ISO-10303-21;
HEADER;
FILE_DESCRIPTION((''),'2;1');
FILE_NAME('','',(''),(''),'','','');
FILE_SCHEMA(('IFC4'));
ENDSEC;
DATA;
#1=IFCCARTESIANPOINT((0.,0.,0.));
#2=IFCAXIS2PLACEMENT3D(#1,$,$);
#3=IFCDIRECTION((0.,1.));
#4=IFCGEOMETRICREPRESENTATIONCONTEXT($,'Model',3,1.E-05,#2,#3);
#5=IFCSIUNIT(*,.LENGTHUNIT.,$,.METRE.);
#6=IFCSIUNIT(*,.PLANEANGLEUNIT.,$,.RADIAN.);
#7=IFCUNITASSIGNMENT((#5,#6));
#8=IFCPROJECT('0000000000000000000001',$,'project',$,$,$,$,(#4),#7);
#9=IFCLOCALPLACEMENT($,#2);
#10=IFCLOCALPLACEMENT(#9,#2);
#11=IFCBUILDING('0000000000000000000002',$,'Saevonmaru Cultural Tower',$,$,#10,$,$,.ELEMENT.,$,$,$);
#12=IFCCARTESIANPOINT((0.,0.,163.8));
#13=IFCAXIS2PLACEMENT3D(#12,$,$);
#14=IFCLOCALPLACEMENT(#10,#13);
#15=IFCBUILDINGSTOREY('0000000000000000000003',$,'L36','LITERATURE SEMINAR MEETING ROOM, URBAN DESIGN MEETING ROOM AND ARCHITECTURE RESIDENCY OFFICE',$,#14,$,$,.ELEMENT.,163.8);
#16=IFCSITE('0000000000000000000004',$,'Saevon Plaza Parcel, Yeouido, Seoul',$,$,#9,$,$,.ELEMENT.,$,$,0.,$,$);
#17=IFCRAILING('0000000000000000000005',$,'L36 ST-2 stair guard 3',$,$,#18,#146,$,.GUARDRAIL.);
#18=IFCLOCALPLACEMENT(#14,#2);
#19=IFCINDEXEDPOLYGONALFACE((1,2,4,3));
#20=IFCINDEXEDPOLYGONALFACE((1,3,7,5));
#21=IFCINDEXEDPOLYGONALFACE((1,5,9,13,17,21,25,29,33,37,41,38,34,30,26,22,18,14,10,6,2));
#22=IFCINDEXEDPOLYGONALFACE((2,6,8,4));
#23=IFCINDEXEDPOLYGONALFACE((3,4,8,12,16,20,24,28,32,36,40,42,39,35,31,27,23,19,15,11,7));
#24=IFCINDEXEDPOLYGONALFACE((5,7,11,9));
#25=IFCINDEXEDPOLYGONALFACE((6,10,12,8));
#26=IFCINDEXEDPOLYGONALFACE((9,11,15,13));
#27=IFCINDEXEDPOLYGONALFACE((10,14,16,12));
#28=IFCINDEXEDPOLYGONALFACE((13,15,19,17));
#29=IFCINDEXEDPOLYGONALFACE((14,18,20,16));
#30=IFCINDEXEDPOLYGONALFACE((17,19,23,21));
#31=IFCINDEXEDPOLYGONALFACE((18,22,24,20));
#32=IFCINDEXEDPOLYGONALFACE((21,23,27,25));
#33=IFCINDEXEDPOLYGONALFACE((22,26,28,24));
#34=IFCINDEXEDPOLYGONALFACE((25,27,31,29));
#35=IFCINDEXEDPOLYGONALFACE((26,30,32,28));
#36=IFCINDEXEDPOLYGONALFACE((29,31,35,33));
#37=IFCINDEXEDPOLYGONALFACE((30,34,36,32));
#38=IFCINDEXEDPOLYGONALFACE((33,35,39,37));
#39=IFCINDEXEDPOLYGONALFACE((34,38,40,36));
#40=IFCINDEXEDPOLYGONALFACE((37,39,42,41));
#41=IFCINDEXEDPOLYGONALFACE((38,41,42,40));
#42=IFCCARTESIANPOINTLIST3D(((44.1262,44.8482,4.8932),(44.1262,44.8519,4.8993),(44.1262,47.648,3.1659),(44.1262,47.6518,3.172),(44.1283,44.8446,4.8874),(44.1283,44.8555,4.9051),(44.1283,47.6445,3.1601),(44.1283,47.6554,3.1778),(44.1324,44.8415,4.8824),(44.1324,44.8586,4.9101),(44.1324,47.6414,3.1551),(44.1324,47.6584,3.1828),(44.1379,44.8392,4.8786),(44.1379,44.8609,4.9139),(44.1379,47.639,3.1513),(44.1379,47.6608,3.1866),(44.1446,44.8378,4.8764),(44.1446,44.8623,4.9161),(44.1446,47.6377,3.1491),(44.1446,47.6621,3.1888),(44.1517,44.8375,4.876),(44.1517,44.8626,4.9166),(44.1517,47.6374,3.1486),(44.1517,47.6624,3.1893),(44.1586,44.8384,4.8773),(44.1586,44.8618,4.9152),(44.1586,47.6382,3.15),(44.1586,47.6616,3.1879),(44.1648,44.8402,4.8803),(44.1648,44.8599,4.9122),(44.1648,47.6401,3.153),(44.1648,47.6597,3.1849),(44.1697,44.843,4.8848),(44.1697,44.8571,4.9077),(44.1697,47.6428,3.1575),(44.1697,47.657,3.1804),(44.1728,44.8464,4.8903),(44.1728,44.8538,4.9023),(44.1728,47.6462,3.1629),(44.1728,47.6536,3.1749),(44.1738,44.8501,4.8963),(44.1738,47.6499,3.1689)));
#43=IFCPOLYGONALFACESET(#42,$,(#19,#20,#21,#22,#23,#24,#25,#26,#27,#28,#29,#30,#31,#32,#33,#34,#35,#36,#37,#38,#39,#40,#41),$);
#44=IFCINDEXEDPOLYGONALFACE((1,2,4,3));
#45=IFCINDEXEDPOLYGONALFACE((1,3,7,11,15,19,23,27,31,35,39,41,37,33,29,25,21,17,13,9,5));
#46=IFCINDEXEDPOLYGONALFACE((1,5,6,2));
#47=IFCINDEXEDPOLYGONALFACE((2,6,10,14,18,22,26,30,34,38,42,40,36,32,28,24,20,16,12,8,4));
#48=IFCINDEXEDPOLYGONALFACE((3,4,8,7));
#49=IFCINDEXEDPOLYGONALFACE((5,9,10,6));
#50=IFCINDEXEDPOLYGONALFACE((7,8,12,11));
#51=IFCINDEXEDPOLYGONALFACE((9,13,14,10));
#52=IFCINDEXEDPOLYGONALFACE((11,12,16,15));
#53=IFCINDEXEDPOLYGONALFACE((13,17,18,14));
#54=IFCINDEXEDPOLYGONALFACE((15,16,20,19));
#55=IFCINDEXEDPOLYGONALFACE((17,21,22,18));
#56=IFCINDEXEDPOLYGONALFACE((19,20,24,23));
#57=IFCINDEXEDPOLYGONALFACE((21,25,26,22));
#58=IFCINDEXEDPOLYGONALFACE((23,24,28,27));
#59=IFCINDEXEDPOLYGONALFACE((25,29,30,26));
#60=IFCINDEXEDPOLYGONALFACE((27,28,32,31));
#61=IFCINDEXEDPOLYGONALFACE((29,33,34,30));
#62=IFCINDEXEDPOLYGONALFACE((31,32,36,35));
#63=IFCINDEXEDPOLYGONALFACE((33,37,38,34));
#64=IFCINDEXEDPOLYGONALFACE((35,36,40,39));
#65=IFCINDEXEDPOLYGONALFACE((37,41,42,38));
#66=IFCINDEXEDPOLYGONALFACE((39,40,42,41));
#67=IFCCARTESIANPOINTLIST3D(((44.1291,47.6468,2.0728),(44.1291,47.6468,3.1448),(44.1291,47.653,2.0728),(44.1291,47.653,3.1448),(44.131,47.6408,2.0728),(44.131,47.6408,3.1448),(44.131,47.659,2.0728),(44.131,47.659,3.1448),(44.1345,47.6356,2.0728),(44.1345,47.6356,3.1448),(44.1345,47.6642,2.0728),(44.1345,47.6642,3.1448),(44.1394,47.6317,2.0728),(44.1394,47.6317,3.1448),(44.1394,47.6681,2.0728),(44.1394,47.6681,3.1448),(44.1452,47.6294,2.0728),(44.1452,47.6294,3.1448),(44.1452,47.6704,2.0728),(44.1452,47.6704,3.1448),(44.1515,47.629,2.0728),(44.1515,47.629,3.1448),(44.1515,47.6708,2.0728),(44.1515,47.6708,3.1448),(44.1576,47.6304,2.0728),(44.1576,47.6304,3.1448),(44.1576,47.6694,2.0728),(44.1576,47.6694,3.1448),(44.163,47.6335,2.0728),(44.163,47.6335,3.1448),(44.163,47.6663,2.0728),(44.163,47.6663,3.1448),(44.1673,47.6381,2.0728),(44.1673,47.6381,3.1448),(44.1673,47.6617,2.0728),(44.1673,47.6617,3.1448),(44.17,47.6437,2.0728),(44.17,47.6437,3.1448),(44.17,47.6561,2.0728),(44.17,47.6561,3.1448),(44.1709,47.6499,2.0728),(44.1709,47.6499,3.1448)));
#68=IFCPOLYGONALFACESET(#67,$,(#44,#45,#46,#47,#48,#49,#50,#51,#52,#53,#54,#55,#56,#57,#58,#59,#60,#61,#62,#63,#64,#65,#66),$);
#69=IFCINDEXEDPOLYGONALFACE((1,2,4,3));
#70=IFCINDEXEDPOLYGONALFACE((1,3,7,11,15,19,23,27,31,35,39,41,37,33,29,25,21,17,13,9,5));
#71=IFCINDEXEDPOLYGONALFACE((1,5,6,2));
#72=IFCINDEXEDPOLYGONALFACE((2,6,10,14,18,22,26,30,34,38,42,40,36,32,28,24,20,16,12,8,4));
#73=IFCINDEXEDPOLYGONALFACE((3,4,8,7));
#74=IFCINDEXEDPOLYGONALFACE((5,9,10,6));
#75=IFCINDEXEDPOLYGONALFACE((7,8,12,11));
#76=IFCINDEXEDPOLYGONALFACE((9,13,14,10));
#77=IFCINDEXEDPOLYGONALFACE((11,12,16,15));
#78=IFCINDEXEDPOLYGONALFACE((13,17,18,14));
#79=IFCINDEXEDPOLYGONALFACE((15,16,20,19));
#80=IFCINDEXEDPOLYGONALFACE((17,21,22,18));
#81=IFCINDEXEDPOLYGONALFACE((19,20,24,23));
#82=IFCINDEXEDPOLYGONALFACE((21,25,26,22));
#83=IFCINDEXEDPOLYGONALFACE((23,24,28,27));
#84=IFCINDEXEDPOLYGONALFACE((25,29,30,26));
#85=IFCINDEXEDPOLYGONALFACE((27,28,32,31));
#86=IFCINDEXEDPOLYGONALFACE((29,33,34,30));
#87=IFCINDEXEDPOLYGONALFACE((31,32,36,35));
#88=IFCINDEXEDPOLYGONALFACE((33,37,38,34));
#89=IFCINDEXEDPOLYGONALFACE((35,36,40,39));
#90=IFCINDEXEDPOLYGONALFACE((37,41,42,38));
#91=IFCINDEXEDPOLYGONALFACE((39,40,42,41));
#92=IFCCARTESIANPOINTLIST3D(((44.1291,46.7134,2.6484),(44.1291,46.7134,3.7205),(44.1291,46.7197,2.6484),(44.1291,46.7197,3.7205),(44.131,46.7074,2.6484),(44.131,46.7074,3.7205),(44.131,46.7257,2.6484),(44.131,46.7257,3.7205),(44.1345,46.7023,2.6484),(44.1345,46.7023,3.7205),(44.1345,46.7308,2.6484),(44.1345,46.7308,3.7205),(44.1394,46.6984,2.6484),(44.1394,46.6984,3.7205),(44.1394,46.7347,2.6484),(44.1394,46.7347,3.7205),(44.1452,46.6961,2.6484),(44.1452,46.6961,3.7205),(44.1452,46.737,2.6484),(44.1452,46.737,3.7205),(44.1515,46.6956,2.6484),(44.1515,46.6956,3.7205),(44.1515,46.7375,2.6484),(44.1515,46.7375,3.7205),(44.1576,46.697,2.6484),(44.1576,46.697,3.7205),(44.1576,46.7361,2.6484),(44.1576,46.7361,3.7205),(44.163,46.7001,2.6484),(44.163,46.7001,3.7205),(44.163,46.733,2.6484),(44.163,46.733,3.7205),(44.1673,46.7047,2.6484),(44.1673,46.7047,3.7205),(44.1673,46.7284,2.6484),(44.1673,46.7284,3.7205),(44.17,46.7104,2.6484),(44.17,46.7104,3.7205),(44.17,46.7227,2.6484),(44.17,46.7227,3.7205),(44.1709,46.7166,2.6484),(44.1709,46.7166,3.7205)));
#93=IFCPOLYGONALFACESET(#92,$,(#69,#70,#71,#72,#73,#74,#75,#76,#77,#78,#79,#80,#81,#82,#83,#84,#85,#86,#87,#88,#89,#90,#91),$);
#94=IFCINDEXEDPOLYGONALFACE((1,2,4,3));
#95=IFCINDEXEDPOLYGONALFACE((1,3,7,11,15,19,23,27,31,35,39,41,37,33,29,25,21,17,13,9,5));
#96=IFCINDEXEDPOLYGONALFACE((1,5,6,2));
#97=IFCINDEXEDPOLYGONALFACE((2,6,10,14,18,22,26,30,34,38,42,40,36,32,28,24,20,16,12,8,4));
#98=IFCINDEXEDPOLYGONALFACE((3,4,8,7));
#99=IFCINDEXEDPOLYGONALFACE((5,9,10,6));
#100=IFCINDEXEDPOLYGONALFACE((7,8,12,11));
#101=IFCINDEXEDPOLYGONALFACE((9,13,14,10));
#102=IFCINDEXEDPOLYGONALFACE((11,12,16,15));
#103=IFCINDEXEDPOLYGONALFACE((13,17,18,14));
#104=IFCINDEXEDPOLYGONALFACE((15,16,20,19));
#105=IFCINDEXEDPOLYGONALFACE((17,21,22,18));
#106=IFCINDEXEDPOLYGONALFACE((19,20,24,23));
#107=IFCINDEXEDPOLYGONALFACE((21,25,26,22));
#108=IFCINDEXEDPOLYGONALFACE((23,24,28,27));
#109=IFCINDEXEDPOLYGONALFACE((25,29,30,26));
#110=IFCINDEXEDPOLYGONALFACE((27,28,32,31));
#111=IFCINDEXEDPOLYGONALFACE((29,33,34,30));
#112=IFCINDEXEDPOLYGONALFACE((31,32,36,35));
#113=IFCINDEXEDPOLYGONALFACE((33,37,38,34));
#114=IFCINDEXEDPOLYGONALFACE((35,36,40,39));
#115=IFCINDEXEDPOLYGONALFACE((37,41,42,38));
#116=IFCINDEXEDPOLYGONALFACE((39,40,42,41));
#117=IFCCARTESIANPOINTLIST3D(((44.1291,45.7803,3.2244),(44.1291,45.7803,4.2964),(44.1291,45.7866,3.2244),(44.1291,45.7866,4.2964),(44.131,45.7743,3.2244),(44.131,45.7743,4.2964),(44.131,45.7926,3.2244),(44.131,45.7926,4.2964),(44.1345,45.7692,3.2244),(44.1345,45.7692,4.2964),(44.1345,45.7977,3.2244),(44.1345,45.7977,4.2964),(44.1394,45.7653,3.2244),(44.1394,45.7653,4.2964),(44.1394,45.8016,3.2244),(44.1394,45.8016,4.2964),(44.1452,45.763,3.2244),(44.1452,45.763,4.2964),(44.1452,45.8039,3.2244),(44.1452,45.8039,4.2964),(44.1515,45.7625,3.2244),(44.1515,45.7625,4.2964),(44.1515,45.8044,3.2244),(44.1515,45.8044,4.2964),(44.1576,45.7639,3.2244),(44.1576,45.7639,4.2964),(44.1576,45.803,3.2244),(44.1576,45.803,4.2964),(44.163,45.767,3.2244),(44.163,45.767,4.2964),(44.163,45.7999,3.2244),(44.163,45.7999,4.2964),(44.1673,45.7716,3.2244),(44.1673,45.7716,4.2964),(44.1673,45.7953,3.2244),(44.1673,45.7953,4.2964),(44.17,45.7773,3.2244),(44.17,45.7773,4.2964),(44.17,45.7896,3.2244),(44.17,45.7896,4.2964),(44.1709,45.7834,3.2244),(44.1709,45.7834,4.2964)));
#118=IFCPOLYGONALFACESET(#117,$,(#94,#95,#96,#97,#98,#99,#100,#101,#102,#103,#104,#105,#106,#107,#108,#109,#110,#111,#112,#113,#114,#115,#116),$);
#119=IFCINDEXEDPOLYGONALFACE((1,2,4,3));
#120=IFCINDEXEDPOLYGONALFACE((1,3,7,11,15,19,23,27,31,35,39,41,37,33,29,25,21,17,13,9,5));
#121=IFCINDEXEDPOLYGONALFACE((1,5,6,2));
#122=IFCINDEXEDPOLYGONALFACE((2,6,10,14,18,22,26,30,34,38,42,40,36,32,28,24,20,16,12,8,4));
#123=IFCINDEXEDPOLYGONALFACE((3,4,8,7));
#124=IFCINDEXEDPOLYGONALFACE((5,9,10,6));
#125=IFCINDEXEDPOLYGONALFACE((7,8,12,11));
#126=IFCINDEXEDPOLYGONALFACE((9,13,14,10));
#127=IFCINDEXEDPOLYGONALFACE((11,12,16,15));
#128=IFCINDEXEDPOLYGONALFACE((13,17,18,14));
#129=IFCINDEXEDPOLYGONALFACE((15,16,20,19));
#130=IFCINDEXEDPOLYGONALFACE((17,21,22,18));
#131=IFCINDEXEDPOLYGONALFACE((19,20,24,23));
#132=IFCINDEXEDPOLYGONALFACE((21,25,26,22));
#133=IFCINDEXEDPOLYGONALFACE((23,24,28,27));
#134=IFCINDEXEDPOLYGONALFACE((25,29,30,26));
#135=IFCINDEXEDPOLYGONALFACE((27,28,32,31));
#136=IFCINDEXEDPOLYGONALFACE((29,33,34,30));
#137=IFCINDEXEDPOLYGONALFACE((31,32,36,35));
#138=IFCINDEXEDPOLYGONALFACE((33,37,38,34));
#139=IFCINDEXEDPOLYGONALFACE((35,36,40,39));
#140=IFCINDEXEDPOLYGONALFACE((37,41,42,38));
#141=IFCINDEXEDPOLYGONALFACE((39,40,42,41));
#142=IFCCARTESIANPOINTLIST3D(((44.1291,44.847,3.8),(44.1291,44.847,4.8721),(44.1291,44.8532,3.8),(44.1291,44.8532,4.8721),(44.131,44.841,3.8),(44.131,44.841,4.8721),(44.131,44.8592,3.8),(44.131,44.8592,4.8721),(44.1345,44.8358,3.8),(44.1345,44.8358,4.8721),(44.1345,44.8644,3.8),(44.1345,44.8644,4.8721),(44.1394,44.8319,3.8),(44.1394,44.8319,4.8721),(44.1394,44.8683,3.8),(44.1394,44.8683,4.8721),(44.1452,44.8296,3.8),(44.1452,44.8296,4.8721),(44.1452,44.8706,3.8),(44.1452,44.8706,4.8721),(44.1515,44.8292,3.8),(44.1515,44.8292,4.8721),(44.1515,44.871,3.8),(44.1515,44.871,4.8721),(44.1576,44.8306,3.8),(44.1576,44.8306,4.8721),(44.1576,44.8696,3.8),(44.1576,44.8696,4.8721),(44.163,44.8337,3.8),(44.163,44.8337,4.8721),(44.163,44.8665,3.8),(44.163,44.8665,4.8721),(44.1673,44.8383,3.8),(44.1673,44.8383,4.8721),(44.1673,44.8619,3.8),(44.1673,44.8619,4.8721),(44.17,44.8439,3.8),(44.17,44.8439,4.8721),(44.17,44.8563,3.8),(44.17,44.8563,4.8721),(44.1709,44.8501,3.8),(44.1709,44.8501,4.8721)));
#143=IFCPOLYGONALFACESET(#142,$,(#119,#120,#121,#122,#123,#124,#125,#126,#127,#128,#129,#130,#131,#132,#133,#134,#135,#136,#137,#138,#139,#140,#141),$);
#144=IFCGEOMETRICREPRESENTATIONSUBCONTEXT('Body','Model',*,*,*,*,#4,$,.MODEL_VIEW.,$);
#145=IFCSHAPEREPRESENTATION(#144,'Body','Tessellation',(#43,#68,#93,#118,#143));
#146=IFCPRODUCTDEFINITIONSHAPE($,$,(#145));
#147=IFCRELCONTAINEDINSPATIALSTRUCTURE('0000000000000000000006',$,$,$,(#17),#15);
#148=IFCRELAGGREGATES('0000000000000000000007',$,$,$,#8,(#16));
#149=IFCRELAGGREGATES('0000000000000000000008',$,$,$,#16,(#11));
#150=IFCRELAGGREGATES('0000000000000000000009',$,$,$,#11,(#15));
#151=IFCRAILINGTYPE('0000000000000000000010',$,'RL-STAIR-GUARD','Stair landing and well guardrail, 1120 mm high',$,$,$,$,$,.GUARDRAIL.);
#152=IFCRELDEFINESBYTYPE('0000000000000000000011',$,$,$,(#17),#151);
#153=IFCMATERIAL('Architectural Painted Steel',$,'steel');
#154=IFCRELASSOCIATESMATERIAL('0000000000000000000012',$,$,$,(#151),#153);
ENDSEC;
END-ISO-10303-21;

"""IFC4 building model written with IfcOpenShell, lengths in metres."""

from ifc_helpers import new_model, si_unit, direction, frame, origin, origin_2d, place, context, subcontext, project, spatial, circle, extrude, material, type_object, element, save


model = new_model("IFC4")

# Units and contexts
model_context = context("Model", 3, precision=1e-05, world=origin(), true_north=direction((0.0, 1.0)))
body_context = subcontext(model_context, "Body", "Model", "MODEL_VIEW")
ifc_project = project(units=[si_unit("LENGTHUNIT", "METRE"), si_unit("PLANEANGLEUNIT", "RADIAN")], contexts=[model_context])

# Site, building, storey
site_placement = place(None, origin())
site = spatial("IfcSite", under=ifc_project, at=site_placement, Name="Saevon Plaza Parcel, Yeouido, Seoul", CompositionType="ELEMENT", RefElevation=0.0)
building_placement = place(site_placement, origin())
building = spatial("IfcBuilding", under=site, at=building_placement, Name="Saevonmaru Cultural Tower", CompositionType="ELEMENT")
storey_placement = place(building_placement, frame((0.0, 0.0, 163.8)))
storey = spatial("IfcBuildingStorey", under=building, at=storey_placement, Name="L36", Description="LITERATURE SEMINAR MEETING ROOM, URBAN DESIGN MEETING ROOM AND ARCHITECTURE RESIDENCY OFFICE", CompositionType="ELEMENT", Elevation=163.8)

# Railing
ifc_material_1 = material(Name="Architectural Painted Steel", Category="steel")
railing_type_1 = type_object("IfcRailingType", Name="RL-STAIR-GUARD", Description="Stair landing and well guardrail, 1120 mm high", PredefinedType="GUARDRAIL", material=ifc_material_1)
railing_1_placement = place(storey_placement, frame((44.1499, 47.6499, 2.0728)))
element("IfcRailing", 1, at=railing_1_placement, inside=storey, type_object=railing_type_1, Name="L36 ST-2 stair guard 3", PredefinedType="GUARDRAIL", context=body_context, shape_type="SweptSolid", body=[
    extrude(circle(Radius=0.0239, at=origin_2d()), frame((0.0, 0.0, 1.0962), z_axis=(0.0, -0.851069, 0.525054), x_axis=(1.0, 0.0, 0.0)), (0.0, 0.0, 1.0), 3.2898),
    extrude(circle(Radius=0.021, at=origin_2d()), origin(), (0.0, 0.0, 1.0), 1.072),
    extrude(circle(Radius=0.021, at=origin_2d()), frame((0.0, -0.9333, 0.5757)), (0.0, 0.0, 1.0), 1.072),
    extrude(circle(Radius=0.021, at=origin_2d()), frame((0.0, -1.8665, 1.1516)), (0.0, 0.0, 1.0), 1.072),
    extrude(circle(Radius=0.021, at=origin_2d()), frame((0.0, -2.7998, 1.7273)), (0.0, 0.0, 1.0), 1.072),
])

save(model, "model.ifc")
